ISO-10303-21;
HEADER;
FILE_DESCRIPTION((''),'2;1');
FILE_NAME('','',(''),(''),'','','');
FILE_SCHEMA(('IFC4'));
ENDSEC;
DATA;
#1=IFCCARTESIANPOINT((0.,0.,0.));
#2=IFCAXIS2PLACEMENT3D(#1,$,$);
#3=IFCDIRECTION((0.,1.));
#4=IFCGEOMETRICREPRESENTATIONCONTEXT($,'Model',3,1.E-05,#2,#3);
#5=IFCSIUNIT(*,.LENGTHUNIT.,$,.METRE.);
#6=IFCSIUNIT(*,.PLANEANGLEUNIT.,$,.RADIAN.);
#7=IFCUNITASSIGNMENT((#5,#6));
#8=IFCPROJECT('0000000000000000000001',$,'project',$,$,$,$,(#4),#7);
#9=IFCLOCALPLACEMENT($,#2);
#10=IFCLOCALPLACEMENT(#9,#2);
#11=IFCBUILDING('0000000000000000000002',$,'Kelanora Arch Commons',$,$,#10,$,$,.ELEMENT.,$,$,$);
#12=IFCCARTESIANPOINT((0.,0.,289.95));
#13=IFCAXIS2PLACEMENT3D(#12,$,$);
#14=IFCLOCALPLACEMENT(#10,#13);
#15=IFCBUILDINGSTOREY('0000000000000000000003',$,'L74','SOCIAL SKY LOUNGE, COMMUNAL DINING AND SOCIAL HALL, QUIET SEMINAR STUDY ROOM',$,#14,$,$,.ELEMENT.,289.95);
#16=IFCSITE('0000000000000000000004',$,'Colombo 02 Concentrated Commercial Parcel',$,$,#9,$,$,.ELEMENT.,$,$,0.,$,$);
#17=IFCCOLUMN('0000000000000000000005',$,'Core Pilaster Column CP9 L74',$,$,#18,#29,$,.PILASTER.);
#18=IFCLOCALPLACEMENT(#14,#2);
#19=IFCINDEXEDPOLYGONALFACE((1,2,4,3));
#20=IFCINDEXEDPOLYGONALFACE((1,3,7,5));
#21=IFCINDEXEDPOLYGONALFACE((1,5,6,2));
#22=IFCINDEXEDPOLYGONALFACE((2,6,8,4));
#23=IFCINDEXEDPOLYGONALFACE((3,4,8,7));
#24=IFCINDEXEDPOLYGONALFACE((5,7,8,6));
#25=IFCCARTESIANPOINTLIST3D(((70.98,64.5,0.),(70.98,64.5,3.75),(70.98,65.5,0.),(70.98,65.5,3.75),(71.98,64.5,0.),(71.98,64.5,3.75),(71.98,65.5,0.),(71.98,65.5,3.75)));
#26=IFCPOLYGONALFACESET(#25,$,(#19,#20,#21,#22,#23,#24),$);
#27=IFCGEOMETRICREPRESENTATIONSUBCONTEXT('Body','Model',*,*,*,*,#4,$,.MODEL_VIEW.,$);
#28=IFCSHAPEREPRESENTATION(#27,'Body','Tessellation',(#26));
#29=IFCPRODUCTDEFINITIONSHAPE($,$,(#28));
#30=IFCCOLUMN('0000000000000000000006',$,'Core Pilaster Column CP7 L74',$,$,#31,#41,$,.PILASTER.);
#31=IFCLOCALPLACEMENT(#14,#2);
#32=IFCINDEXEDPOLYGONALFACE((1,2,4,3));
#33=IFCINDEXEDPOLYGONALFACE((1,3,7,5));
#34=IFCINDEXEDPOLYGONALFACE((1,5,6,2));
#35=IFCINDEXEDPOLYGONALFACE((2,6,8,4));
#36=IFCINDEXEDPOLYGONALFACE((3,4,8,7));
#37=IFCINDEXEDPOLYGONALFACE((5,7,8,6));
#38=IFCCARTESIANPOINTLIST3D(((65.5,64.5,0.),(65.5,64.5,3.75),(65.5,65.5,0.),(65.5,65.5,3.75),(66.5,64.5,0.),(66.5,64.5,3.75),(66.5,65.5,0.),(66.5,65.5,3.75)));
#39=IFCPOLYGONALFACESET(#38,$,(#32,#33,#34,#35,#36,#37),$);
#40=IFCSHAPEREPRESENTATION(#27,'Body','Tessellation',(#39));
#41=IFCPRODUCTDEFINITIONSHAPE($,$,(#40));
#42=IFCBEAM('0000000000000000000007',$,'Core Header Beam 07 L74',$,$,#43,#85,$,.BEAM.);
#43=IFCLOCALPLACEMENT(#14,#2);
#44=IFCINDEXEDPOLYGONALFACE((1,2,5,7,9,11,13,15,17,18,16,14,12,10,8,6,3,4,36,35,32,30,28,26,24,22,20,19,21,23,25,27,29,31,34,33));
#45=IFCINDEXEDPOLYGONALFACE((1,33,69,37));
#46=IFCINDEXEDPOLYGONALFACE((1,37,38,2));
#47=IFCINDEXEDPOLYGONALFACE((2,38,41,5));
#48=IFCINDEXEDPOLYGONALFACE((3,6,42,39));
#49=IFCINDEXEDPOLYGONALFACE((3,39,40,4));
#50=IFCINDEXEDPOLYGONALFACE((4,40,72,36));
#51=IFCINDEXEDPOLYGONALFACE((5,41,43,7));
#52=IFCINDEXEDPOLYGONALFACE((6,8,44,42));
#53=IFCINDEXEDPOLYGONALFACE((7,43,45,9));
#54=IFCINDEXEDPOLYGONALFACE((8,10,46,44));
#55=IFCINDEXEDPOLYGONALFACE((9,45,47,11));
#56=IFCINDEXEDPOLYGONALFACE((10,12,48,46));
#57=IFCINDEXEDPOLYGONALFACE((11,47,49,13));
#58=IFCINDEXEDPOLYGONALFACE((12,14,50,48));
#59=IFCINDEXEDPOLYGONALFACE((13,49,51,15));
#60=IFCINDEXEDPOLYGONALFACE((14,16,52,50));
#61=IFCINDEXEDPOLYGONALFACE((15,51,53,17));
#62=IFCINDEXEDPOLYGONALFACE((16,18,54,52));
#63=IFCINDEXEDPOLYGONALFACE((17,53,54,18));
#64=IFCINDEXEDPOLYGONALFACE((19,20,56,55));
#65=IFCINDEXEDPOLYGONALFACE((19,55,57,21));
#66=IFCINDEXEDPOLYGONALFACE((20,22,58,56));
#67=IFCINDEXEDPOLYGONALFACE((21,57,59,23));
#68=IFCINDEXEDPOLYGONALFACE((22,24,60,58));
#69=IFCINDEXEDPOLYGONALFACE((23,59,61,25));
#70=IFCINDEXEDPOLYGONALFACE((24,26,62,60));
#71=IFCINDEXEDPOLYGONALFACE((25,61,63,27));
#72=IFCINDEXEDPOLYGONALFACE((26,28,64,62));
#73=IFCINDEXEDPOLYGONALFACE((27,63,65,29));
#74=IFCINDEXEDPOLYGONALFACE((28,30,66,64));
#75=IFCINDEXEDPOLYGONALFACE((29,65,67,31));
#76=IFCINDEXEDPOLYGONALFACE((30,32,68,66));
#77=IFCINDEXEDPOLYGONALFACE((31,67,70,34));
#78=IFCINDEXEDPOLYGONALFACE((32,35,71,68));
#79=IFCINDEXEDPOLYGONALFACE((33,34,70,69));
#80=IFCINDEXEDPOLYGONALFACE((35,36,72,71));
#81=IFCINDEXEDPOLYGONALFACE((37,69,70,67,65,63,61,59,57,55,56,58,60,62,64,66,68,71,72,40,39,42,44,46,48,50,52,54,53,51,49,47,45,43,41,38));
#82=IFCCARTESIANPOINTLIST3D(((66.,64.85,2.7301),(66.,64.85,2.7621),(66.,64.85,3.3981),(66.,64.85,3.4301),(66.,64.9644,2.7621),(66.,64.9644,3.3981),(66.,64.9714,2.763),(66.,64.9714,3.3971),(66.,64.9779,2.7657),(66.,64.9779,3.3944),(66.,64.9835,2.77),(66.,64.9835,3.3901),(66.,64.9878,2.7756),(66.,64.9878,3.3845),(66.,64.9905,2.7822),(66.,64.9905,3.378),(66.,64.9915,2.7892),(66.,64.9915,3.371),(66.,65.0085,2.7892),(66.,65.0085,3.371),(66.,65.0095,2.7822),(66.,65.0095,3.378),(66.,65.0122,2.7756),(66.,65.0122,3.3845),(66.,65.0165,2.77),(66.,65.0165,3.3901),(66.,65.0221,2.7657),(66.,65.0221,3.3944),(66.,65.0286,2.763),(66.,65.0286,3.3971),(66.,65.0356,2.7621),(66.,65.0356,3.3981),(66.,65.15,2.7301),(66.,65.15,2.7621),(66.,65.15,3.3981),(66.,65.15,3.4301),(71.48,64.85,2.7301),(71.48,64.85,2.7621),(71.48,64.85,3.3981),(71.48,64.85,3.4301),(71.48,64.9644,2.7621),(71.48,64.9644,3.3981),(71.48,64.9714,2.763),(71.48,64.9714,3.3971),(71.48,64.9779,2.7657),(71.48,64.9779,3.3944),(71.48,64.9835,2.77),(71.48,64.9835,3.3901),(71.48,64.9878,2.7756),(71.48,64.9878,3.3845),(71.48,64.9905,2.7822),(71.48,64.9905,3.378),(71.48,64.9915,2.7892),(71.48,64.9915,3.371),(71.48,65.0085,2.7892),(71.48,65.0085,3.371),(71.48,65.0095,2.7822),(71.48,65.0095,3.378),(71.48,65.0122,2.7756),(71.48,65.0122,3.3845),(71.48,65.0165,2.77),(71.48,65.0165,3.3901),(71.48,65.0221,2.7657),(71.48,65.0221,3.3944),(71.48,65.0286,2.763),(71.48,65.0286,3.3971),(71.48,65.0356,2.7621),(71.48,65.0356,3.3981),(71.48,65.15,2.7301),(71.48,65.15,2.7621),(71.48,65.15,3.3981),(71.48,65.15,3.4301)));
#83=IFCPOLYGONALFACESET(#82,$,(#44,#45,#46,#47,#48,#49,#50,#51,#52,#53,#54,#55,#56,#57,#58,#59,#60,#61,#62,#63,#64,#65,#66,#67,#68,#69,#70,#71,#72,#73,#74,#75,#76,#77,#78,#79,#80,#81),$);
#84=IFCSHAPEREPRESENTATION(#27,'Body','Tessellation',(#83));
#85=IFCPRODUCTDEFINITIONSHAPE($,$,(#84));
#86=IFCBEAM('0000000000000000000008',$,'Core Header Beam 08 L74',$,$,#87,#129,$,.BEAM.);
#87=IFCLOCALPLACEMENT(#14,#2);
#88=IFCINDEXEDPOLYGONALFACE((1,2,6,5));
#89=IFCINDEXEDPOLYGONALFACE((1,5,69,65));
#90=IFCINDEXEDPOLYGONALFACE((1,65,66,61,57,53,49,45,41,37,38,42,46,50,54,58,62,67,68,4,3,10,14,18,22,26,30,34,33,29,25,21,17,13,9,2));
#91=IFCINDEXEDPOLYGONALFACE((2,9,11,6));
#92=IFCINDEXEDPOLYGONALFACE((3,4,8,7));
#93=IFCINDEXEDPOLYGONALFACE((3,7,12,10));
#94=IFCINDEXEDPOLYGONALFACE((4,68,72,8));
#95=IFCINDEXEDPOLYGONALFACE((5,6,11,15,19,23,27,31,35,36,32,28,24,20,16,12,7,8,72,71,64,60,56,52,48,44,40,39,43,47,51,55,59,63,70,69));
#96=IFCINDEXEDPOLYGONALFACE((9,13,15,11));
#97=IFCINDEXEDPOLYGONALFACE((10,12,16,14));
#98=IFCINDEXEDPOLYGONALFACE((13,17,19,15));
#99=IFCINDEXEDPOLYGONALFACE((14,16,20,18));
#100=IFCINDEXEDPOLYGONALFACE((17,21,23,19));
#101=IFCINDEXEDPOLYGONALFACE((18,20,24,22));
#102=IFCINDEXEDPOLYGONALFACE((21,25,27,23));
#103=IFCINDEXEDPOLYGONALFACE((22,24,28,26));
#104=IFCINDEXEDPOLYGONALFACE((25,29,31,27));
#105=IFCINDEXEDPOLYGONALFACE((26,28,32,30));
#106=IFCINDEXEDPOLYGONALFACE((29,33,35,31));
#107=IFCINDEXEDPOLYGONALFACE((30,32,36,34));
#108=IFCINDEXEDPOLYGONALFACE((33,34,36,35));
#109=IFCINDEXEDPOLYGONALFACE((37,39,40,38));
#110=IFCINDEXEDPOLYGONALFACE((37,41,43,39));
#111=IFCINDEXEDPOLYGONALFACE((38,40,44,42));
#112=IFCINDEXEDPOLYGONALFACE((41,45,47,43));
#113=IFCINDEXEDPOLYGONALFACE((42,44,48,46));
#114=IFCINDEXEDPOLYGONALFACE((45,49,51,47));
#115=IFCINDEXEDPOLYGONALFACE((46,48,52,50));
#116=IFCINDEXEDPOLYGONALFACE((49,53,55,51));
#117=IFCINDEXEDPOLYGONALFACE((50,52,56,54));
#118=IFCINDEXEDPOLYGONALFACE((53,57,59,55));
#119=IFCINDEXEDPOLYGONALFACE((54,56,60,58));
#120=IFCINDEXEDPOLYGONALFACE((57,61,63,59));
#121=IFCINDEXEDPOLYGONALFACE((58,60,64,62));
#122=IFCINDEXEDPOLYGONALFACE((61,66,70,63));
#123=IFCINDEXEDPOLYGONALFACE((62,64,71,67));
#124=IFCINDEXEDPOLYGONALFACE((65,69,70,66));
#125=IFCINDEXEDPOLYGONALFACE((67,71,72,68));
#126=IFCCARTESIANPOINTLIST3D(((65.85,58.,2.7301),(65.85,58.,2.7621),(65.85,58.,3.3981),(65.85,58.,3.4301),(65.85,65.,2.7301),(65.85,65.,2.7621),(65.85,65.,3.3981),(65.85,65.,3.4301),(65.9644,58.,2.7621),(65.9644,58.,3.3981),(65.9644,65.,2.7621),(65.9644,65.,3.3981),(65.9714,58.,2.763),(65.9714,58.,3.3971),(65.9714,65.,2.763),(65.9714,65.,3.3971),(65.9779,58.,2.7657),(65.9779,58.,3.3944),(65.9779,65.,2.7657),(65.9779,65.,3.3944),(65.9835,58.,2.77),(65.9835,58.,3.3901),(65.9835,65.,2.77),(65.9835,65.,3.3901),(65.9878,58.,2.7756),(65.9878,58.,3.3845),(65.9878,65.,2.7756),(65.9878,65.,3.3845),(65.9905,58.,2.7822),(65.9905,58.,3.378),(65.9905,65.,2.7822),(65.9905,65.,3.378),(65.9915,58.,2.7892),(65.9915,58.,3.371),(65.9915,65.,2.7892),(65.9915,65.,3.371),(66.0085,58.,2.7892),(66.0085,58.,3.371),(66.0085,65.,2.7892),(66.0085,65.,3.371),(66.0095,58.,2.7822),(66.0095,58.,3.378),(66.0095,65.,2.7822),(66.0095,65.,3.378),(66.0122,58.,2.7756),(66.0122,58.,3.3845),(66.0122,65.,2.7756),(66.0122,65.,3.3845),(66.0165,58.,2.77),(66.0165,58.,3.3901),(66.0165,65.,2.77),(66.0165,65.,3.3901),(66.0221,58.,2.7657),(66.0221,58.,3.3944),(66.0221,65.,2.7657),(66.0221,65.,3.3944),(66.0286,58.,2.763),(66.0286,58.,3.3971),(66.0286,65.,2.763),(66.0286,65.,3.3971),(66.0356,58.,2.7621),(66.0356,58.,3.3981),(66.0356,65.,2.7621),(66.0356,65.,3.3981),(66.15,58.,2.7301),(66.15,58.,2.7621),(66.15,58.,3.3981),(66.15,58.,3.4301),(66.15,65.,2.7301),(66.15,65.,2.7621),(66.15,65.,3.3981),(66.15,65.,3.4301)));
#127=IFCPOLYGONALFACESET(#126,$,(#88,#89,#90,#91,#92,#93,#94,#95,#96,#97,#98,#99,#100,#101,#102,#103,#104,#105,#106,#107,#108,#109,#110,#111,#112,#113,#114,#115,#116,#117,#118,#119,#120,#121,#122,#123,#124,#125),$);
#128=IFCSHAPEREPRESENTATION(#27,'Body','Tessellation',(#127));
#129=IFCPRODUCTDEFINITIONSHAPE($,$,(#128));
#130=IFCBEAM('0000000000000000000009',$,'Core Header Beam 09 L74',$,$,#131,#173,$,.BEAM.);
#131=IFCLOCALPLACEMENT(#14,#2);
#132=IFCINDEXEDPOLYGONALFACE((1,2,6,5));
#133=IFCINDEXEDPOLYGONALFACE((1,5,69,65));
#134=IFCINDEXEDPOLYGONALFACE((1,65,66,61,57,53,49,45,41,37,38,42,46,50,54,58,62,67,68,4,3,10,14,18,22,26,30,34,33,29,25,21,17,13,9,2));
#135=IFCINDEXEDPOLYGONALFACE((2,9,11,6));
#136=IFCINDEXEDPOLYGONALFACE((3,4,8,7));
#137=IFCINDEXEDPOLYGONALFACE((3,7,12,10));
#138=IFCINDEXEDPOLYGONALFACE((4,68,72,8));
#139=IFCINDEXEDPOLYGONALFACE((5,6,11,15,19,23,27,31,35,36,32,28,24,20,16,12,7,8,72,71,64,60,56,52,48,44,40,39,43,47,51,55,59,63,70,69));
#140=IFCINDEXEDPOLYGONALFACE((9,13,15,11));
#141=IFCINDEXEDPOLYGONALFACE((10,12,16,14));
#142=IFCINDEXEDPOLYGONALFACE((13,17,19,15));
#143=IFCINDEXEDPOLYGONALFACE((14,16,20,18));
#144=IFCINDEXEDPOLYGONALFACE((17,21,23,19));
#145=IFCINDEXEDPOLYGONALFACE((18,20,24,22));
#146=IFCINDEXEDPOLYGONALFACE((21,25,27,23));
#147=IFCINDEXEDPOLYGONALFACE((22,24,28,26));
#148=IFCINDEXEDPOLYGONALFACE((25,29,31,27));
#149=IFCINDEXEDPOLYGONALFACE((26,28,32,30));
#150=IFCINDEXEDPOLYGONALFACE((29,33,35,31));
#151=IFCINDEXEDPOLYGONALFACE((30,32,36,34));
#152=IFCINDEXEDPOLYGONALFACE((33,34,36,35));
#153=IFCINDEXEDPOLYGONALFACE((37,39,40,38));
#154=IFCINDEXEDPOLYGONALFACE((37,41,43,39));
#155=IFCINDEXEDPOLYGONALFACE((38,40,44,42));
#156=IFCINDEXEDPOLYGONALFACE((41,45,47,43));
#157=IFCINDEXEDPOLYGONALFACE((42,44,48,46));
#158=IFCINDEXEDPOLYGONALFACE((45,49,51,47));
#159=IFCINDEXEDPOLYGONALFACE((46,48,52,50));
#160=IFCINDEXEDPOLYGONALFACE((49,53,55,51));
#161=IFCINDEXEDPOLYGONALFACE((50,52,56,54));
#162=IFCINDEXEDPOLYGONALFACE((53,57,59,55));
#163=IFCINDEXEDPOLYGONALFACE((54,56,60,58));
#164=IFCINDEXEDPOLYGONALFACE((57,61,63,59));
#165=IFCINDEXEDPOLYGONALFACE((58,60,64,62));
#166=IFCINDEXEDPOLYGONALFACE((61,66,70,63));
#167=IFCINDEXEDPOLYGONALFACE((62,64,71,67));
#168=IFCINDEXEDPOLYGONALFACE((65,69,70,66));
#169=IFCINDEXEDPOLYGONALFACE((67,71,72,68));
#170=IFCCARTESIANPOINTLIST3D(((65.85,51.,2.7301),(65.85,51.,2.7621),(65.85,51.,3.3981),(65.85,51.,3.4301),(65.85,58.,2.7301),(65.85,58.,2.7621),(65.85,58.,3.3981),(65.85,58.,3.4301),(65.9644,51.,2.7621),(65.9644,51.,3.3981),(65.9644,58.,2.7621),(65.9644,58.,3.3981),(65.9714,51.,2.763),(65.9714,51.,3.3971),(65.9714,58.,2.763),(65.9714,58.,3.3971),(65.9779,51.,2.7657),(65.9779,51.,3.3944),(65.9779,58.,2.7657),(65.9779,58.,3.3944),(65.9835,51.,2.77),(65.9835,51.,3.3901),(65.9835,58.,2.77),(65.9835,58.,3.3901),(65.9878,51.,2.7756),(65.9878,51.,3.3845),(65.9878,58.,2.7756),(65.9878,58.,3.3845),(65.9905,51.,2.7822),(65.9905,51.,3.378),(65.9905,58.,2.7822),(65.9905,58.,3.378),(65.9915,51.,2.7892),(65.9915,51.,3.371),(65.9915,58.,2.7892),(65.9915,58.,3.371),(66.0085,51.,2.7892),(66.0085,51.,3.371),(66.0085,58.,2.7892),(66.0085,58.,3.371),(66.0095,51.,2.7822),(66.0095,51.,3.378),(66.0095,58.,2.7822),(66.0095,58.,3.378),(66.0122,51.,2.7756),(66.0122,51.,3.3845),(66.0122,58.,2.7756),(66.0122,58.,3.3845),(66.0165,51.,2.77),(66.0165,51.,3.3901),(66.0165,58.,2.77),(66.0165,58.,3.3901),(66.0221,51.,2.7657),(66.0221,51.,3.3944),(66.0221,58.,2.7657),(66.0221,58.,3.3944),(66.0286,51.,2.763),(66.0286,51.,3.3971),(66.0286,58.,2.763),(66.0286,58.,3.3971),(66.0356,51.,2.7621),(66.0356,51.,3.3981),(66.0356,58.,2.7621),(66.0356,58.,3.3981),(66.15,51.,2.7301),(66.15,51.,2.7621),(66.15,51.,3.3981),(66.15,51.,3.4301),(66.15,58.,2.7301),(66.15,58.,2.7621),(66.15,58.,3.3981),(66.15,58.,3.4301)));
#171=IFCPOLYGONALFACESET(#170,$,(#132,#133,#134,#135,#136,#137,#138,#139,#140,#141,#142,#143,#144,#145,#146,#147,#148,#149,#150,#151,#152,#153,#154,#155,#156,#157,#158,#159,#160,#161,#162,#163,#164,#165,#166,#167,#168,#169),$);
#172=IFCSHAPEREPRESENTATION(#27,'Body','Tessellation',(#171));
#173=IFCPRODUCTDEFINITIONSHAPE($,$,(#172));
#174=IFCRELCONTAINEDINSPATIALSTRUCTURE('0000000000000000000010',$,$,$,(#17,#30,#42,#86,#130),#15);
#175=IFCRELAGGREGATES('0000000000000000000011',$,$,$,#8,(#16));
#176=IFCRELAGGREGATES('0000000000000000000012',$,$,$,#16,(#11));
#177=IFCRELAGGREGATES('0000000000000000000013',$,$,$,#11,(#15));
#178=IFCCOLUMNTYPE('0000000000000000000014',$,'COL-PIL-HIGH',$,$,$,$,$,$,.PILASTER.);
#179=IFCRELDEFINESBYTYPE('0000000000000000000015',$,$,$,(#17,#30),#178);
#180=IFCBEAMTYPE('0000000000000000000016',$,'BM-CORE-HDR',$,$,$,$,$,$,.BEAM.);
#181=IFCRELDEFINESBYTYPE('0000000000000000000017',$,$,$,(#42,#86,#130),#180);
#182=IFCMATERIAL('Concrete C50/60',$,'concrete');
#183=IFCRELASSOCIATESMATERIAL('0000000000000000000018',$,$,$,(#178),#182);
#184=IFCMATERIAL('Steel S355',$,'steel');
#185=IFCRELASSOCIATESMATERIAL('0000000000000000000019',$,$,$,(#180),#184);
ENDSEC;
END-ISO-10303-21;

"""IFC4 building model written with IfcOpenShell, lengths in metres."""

from ifc_helpers import new_model, si_unit, direction, frame, origin, origin_2d, place, context, subcontext, project, spatial, rectangle, i_section, extrude, material, material_profile, profile_set, type_object, element, save


model = new_model("IFC4")

# Units and contexts
model_context = context("Model", 3, precision=1e-05, world=origin(), true_north=direction((0.0, 1.0)))
body_context = subcontext(model_context, "Body", "Model", "MODEL_VIEW")
ifc_project = project(units=[si_unit("LENGTHUNIT", "METRE"), si_unit("PLANEANGLEUNIT", "RADIAN")], contexts=[model_context])

# Site, building, storey
site_placement = place(None, origin())
site = spatial("IfcSite", under=ifc_project, at=site_placement, Name="Colombo 02 Concentrated Commercial Parcel", CompositionType="ELEMENT", RefElevation=0.0)
building_placement = place(site_placement, origin())
building = spatial("IfcBuilding", under=site, at=building_placement, Name="Kelanora Arch Commons", CompositionType="ELEMENT")
storey_placement = place(building_placement, frame((0.0, 0.0, 289.95)))
storey = spatial("IfcBuildingStorey", under=building, at=storey_placement, Name="L74", Description="SOCIAL SKY LOUNGE, COMMUNAL DINING AND SOCIAL HALL, QUIET SEMINAR STUDY ROOM", CompositionType="ELEMENT", Elevation=289.95)

# Columns
ifc_material_1 = material(Name="Concrete C50/60", Category="concrete")
ifc_material_profile_1 = material_profile(ifc_material_1, rectangle(XDim=1.0, YDim=1.0, at=origin_2d()), Name="RC1000x1000")
ifc_profile_set_1 = profile_set([ifc_material_profile_1], Name="Concrete C50/60")
column_type = type_object("IfcColumnType", Name="COL-PIL-HIGH", PredefinedType="PILASTER", material=ifc_profile_set_1)
for number, where, z_axis, x_axis, name in (
    (1, (71.48, 65.0, 0.0), (0.0, 0.0, 1.0), (1.0, 0.0, 0.0), "Core Pilaster Column CP9 L74"),
    (2, (66.0, 65.0, 0.0), (0.0, 0.0, 1.0), (1.0, 0.0, 0.0), "Core Pilaster Column CP7 L74"),
):
    element("IfcColumn", number, at=place(storey_placement, frame(where, z_axis=z_axis, x_axis=x_axis)), inside=storey, type_object=column_type, Name=name, PredefinedType="PILASTER", context=body_context, shape_type="SweptSolid", body=[
        extrude(rectangle(XDim=1.0, YDim=1.0, at=origin_2d()), origin(), (0.0, 0.0, 1.0), 3.75),
    ])

# Beams
ifc_material_2 = material(Name="Steel S355", Category="steel")
ifc_material_profile_2 = material_profile(ifc_material_2, i_section(OverallWidth=0.3, OverallDepth=0.7, WebThickness=0.0171, FlangeThickness=0.032, FilletRadius=0.0271, at=origin_2d()), Name="HEB700")
ifc_profile_set_2 = profile_set([ifc_material_profile_2], Name="Steel S355")
beam_type_1 = type_object("IfcBeamType", Name="BM-CORE-HDR", PredefinedType="BEAM", material=ifc_profile_set_2)
beam_1_placement = place(storey_placement, frame((71.48, 65.0, 3.0801), z_axis=(-1.0, 0.0, 0.0), x_axis=(0.0, -1.0, 0.0)))
element("IfcBeam", 3, at=beam_1_placement, inside=storey, type_object=beam_type_1, Name="Core Header Beam 07 L74", PredefinedType="BEAM", context=body_context, shape_type="SweptSolid", body=[
    extrude(i_section(OverallWidth=0.3, OverallDepth=0.7, WebThickness=0.0171, FlangeThickness=0.032, FilletRadius=0.0271, at=origin_2d()), origin(), (0.0, 0.0, 1.0), 5.48),
])
for number, where, z_axis, x_axis, name in (
    (4, (66.0, 65.0, 3.0801), (0.0, -1.0, 0.0), (1.0, 0.0, 0.0), "Core Header Beam 08 L74"),
    (5, (66.0, 58.0, 3.0801), (0.0, -1.0, 0.0), (1.0, 0.0, 0.0), "Core Header Beam 09 L74"),
):
    element("IfcBeam", number, at=place(storey_placement, frame(where, z_axis=z_axis, x_axis=x_axis)), inside=storey, type_object=beam_type_1, Name=name, PredefinedType="BEAM", context=body_context, shape_type="SweptSolid", body=[
        extrude(i_section(OverallWidth=0.3, OverallDepth=0.7, WebThickness=0.0171, FlangeThickness=0.032, FilletRadius=0.0271, at=origin_2d()), origin(), (0.0, 0.0, 1.0), 7.0),
    ])

save(model, "model.ifc")
